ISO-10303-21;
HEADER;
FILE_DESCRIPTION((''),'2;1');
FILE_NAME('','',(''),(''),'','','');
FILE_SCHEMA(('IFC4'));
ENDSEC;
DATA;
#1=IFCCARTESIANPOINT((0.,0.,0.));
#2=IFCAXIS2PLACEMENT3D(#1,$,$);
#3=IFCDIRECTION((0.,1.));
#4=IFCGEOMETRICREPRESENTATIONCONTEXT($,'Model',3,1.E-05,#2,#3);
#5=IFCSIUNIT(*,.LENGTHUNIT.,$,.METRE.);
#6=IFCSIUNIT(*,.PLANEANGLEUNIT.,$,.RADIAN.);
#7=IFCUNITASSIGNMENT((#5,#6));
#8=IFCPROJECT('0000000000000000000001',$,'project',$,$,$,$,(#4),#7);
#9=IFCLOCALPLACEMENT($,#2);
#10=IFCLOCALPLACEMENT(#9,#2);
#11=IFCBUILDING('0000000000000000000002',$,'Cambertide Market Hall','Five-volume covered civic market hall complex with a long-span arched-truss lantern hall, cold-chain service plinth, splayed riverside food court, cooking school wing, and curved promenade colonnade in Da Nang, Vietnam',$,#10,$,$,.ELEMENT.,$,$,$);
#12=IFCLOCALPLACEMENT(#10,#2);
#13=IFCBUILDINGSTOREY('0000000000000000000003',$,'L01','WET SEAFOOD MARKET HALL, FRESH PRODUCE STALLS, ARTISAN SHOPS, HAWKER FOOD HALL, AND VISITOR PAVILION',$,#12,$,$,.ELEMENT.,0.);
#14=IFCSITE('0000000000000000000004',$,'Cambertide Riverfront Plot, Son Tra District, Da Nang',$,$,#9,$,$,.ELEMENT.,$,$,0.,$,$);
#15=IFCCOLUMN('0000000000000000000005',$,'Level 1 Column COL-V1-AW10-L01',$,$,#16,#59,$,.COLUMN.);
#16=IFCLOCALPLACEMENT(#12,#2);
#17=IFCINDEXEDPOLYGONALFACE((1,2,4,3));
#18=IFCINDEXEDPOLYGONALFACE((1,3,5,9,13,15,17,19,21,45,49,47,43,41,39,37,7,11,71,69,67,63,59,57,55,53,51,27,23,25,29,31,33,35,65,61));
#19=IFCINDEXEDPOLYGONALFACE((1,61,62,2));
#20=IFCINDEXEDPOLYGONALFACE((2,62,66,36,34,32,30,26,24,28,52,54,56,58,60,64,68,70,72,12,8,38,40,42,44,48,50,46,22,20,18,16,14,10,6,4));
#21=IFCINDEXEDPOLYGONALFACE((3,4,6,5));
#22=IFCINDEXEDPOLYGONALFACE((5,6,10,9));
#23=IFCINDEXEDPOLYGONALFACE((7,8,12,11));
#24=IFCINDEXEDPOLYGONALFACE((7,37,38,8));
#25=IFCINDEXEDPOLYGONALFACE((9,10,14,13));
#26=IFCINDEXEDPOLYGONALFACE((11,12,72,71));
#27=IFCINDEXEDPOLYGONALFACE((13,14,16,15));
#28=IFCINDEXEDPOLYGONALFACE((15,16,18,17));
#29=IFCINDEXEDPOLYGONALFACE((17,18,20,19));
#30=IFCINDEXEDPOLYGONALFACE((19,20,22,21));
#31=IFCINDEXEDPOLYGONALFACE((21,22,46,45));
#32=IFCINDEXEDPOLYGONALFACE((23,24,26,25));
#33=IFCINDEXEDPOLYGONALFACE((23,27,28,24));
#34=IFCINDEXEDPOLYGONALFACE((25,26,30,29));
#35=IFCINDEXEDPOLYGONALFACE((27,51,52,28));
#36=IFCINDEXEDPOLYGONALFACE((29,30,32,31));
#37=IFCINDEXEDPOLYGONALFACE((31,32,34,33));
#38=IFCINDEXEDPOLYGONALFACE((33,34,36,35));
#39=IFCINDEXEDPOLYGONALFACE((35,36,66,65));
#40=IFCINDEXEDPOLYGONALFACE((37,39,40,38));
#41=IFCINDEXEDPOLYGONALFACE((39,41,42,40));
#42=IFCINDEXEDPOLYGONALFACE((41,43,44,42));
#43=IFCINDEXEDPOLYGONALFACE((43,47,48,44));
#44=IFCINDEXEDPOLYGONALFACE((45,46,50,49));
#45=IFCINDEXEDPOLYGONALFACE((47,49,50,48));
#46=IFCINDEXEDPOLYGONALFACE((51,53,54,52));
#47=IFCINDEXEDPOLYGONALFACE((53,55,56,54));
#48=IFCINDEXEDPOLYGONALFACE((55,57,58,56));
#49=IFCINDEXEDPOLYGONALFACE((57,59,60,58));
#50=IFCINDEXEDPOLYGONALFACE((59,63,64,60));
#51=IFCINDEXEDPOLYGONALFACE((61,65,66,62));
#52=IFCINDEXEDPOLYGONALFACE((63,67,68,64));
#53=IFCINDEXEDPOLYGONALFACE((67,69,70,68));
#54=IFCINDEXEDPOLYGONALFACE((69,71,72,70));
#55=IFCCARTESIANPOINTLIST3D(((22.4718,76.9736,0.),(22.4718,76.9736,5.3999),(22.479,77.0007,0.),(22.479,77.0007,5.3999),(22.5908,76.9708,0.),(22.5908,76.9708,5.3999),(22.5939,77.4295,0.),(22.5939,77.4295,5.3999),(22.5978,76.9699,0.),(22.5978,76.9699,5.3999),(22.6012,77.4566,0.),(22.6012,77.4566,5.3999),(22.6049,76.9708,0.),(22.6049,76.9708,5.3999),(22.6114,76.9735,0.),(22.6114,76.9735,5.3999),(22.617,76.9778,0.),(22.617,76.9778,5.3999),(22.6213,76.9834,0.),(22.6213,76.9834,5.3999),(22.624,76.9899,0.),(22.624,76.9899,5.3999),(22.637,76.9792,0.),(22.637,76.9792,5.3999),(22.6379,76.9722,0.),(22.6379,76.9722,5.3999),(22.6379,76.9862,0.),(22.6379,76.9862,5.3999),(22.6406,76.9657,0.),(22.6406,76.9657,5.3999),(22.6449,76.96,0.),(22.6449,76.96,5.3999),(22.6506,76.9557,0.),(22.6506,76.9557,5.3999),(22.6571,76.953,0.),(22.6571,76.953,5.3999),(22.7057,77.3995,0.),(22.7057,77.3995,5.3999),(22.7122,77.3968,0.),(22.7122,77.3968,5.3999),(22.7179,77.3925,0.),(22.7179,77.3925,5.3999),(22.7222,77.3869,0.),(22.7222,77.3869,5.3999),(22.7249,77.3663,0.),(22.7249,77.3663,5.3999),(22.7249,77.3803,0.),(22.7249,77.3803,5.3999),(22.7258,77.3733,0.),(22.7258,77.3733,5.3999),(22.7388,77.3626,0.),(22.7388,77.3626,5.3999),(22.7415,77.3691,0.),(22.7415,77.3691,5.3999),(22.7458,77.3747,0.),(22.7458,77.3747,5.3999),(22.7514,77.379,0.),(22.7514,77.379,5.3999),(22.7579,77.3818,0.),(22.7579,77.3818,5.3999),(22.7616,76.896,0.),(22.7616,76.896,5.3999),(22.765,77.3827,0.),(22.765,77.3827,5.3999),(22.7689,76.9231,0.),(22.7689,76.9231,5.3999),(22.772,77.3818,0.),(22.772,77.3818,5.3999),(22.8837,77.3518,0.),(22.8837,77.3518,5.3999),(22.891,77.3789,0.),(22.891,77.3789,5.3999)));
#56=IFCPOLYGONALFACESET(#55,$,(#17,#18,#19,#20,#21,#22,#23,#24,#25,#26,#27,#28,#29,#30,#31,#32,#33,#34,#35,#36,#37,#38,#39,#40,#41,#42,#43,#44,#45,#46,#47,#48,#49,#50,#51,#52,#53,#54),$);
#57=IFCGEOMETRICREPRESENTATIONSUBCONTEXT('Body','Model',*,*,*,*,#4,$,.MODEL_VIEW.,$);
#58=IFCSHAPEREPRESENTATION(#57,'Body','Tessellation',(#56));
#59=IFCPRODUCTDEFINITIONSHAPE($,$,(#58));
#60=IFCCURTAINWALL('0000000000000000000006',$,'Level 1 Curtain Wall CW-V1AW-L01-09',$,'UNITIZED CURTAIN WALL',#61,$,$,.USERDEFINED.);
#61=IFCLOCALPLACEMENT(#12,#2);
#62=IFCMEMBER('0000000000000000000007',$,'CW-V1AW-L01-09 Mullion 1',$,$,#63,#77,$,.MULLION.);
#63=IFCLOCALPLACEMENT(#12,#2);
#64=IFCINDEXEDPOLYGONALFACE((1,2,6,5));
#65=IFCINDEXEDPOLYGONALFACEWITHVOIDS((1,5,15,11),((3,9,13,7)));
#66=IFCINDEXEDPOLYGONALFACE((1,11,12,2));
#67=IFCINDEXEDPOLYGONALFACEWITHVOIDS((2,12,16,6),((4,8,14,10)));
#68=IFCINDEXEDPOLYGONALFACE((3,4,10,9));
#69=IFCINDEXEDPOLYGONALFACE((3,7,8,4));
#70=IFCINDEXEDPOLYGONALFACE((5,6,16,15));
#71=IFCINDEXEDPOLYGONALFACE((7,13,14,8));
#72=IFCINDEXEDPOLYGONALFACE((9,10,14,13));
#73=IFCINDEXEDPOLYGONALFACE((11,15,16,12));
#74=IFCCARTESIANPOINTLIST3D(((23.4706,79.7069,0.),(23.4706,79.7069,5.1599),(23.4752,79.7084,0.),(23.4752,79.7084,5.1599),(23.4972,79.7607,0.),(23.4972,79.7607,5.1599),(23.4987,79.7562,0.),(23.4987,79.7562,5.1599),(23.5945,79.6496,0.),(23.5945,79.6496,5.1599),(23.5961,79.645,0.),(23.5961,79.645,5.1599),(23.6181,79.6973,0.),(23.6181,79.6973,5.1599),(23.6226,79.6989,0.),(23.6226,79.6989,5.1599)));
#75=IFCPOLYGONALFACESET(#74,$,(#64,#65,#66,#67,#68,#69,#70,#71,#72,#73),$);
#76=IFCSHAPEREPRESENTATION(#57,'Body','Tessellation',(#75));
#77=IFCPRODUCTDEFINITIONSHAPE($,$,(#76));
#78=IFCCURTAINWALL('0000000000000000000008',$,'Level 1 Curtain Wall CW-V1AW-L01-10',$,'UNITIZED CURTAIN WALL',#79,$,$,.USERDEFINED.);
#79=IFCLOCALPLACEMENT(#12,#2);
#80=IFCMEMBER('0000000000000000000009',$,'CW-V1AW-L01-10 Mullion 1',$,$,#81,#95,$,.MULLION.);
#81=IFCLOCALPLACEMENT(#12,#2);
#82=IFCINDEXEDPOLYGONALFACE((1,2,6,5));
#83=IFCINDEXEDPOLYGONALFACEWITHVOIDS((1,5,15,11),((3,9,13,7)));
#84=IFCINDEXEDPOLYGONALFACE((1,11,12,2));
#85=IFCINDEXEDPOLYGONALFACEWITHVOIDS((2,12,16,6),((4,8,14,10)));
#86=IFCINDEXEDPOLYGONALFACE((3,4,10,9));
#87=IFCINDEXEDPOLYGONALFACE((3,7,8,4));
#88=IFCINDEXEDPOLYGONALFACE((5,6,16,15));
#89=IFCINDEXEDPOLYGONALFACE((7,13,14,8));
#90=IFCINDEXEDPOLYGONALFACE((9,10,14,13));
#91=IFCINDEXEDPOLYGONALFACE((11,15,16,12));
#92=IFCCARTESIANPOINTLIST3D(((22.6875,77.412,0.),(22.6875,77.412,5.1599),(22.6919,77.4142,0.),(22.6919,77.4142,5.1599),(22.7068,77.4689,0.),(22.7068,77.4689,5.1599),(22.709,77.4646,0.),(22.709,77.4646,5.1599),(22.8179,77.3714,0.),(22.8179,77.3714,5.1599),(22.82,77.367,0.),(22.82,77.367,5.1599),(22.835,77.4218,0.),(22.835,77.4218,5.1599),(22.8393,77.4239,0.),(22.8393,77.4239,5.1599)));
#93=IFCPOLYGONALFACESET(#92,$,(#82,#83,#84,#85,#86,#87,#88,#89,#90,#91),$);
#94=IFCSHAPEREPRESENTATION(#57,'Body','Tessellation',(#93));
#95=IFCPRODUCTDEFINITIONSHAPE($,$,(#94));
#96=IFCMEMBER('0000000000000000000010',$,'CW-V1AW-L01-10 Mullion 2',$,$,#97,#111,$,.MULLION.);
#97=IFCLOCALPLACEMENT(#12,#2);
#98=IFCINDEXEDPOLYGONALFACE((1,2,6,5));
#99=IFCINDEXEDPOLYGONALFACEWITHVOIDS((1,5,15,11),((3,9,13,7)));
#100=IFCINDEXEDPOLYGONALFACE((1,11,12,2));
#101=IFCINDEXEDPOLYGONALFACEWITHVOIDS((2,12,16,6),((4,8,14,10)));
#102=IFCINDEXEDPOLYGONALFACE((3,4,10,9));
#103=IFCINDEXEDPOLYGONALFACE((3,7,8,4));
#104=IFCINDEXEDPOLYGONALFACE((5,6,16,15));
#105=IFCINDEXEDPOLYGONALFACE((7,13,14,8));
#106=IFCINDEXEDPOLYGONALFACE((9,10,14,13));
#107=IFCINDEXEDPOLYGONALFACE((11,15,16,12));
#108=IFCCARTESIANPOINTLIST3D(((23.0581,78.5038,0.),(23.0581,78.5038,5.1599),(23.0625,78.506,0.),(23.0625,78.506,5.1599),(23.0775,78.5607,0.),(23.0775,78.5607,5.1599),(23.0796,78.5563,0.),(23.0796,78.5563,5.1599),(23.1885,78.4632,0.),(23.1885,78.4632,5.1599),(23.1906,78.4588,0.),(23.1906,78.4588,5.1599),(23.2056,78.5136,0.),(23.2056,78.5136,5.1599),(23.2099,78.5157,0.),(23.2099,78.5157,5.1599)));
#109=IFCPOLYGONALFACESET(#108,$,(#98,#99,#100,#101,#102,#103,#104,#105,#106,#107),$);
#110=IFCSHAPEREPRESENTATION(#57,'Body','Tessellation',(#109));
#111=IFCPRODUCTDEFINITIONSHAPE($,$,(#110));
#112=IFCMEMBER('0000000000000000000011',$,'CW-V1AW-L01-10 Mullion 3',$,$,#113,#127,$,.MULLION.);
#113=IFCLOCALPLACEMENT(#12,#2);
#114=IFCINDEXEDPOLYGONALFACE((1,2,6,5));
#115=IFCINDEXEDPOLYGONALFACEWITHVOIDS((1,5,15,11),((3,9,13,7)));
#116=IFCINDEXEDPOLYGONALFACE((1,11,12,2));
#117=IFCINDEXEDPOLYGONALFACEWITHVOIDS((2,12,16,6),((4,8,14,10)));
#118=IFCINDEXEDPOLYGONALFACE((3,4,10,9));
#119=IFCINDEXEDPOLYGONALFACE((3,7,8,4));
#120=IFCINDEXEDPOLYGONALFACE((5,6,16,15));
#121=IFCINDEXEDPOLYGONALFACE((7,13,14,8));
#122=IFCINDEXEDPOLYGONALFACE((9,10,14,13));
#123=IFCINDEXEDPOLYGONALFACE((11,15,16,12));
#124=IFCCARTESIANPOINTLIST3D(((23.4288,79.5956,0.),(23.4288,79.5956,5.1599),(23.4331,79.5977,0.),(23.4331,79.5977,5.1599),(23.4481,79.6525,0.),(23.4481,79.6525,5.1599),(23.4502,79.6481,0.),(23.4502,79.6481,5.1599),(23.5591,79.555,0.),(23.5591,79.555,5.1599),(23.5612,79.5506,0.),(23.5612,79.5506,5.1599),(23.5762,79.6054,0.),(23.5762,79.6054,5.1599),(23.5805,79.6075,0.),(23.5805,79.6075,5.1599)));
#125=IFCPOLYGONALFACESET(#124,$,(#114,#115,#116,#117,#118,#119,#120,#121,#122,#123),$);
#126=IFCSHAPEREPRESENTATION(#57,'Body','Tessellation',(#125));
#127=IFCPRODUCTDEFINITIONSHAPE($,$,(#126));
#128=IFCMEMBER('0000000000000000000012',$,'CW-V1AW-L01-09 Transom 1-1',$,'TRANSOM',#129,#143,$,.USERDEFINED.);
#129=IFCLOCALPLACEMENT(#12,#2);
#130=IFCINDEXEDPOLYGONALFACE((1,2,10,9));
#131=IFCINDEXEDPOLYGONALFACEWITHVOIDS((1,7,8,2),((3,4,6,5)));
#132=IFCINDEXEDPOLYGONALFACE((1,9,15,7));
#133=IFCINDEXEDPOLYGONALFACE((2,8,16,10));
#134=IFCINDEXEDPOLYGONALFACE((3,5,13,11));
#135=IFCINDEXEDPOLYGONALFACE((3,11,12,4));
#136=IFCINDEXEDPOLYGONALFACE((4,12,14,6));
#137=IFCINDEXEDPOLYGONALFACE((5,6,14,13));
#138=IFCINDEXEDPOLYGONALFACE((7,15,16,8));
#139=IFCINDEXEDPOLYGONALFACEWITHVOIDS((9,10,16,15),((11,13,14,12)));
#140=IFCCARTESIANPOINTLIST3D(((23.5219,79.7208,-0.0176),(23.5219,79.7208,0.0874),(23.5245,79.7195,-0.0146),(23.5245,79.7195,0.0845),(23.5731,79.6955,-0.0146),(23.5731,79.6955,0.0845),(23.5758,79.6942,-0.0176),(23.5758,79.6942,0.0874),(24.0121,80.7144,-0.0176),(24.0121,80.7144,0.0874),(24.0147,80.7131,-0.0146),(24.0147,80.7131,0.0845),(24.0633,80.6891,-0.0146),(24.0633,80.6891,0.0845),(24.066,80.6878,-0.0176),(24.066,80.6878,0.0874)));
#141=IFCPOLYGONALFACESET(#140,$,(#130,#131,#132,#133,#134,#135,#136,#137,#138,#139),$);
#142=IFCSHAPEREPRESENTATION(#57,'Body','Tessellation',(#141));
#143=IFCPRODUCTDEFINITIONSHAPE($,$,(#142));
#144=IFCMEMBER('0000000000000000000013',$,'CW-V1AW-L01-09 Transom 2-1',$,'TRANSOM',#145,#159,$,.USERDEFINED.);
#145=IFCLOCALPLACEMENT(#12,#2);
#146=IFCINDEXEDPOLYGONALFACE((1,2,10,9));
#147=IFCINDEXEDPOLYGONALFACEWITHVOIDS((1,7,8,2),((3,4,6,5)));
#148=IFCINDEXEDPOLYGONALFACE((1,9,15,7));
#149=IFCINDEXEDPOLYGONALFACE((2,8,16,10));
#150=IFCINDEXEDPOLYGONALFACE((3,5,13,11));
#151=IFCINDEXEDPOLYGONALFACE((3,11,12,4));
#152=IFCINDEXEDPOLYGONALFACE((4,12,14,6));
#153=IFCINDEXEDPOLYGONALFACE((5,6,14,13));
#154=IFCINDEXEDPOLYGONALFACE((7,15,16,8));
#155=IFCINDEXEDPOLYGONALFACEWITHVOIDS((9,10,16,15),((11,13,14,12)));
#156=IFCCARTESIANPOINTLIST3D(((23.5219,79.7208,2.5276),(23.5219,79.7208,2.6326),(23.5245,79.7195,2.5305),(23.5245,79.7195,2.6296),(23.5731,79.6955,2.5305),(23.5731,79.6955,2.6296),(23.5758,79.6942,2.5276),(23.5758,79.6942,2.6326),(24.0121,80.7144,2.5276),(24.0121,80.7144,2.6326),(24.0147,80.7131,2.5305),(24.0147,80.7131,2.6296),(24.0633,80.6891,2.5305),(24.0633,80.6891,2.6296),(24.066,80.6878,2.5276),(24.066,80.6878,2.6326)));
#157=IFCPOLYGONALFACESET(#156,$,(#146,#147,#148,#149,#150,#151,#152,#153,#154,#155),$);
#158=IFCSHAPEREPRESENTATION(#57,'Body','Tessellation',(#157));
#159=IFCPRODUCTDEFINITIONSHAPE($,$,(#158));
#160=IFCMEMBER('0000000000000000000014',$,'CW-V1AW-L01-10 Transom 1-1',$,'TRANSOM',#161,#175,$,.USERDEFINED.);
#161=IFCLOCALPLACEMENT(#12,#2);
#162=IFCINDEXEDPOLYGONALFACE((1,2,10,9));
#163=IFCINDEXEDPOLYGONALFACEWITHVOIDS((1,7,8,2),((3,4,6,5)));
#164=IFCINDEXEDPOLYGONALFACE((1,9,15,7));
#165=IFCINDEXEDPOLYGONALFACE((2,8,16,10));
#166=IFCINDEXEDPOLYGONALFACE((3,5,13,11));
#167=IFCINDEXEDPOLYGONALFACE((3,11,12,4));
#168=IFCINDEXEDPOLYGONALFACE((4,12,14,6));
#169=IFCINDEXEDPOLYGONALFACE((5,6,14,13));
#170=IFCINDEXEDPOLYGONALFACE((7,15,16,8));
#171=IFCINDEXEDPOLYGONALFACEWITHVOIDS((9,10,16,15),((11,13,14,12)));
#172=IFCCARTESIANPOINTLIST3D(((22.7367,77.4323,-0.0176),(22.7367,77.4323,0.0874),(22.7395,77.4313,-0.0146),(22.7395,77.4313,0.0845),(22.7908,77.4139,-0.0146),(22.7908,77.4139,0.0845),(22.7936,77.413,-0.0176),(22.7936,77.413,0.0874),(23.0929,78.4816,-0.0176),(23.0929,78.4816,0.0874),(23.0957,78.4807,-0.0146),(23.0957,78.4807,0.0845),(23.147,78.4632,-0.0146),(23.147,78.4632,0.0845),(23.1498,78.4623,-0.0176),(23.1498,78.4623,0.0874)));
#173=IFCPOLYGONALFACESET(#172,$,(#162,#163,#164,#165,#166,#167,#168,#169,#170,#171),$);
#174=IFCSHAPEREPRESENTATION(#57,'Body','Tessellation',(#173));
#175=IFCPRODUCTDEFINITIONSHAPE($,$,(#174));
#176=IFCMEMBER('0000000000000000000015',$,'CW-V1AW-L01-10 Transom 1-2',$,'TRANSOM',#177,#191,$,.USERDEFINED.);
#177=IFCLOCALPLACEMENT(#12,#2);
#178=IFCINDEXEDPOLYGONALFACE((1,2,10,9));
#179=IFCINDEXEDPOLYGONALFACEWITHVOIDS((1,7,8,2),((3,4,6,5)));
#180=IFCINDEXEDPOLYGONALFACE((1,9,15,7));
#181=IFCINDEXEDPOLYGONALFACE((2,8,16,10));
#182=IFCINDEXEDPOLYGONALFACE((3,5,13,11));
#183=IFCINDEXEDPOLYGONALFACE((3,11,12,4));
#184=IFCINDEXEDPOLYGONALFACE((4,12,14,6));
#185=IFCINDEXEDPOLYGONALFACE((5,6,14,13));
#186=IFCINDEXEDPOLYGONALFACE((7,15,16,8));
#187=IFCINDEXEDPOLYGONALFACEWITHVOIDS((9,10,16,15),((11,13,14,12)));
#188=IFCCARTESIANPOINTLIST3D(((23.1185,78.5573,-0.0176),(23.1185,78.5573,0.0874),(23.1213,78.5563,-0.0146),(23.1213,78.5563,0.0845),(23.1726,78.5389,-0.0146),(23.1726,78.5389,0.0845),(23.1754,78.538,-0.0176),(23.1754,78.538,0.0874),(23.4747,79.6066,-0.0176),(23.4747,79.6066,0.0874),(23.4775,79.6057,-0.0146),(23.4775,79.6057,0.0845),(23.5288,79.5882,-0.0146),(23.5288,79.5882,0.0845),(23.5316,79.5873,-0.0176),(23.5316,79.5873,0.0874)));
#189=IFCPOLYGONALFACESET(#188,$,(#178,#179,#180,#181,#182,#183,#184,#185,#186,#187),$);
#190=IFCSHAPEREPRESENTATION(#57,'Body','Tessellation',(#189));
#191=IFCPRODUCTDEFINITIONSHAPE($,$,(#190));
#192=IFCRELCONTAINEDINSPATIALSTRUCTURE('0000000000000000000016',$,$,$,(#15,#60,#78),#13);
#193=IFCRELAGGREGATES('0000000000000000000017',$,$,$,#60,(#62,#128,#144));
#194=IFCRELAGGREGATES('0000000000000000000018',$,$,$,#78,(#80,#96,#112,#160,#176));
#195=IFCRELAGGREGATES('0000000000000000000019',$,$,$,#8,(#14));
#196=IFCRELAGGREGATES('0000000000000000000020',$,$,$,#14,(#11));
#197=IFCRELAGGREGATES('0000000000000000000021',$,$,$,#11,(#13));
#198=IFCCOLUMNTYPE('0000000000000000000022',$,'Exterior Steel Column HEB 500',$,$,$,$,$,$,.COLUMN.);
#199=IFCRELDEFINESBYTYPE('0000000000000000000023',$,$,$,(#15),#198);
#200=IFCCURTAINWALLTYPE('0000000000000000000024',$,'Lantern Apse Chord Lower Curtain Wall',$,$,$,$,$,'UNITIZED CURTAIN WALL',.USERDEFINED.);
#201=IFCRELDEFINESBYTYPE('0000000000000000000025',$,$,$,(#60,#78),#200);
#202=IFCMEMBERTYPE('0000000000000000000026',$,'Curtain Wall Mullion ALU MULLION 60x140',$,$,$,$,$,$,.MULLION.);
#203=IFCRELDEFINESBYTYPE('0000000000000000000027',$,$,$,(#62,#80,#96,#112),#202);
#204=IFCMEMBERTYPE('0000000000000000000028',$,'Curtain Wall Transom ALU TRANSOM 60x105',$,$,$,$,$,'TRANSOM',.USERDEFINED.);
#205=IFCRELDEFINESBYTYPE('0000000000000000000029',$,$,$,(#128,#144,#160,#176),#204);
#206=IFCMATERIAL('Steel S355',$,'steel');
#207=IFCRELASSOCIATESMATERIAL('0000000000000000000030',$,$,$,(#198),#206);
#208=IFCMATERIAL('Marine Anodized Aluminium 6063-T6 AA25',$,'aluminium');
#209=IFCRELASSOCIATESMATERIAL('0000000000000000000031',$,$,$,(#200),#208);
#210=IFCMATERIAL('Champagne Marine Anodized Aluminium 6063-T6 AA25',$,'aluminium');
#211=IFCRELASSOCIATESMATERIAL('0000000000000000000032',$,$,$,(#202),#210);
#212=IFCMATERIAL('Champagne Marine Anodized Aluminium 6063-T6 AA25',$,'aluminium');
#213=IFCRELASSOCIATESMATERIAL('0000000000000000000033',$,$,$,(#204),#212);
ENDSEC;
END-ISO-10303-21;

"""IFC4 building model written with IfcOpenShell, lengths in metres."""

from ifc_helpers import new_model, si_unit, direction, frame, origin, origin_2d, place, context, subcontext, project, spatial, hollow_rectangle, i_section, extrude, material, material_profile, profile_set, type_object, element, aggregate, save


model = new_model("IFC4")

# Units and contexts
model_context = context("Model", 3, precision=1e-05, world=origin(), true_north=direction((0.0, 1.0)))
body_context = subcontext(model_context, "Body", "Model", "MODEL_VIEW")
ifc_project = project(units=[si_unit("LENGTHUNIT", "METRE"), si_unit("PLANEANGLEUNIT", "RADIAN")], contexts=[model_context])

# Site, building, storey
site_placement = place(None, origin())
site = spatial("IfcSite", under=ifc_project, at=site_placement, Name="Cambertide Riverfront Plot, Son Tra District, Da Nang", CompositionType="ELEMENT", RefElevation=0.0)
building_placement = place(site_placement, origin())
building = spatial("IfcBuilding", under=site, at=building_placement, Name="Cambertide Market Hall", Description="Five-volume covered civic market hall complex with a long-span arched-truss lantern hall, cold-chain service plinth, splayed riverside food court, cooking school wing, and curved promenade colonnade in Da Nang, Vietnam", CompositionType="ELEMENT")
storey_placement = place(building_placement, origin())
storey = spatial("IfcBuildingStorey", under=building, at=storey_placement, Name="L01", Description="WET SEAFOOD MARKET HALL, FRESH PRODUCE STALLS, ARTISAN SHOPS, HAWKER FOOD HALL, AND VISITOR PAVILION", CompositionType="ELEMENT", Elevation=0.0)

# Column
ifc_material_1 = material(Name="Steel S355", Category="steel")
ifc_material_profile_1 = material_profile(ifc_material_1, i_section(OverallWidth=0.3, OverallDepth=0.5, WebThickness=0.0144, FlangeThickness=0.0281, FilletRadius=0.0271, at=origin_2d()), Name="HEB 500")
ifc_profile_set_1 = profile_set([ifc_material_profile_1], Name="Steel S355")
column_type = type_object("IfcColumnType", Name="Exterior Steel Column HEB 500", PredefinedType="COLUMN", material=ifc_profile_set_1)
column_placement = place(storey_placement, frame((22.6814, 77.1763, 0.0), z_axis=(0.0, 0.0, 1.0), x_axis=(-0.965926, 0.258819, 0.0)))
element("IfcColumn", 1, at=column_placement, inside=storey, type_object=column_type, Name="Level 1 Column COL-V1-AW10-L01", PredefinedType="COLUMN", context=body_context, shape_type="SweptSolid", body=[
    extrude(i_section(OverallWidth=0.3, OverallDepth=0.5, WebThickness=0.0144, FlangeThickness=0.0281, FilletRadius=0.0271, at=origin_2d()), origin(), (0.0, 0.0, 1.0), 5.3999),
])

# Curtain wall, member
ifc_material_2 = material(Name="Marine Anodized Aluminium 6063-T6 AA25", Category="aluminium")
curtain_wall_type = type_object("IfcCurtainWallType", Name="Lantern Apse Chord Lower Curtain Wall", ElementType="UNITIZED CURTAIN WALL", PredefinedType="USERDEFINED", material=ifc_material_2)
curtain_wall_1_placement = place(storey_placement, origin())
curtain_wall_1 = element("IfcCurtainWall", 2, at=curtain_wall_1_placement, inside=storey, type_object=curtain_wall_type, Name="Level 1 Curtain Wall CW-V1AW-L01-09", ObjectType="UNITIZED CURTAIN WALL", PredefinedType="USERDEFINED")
ifc_material_3 = material(Name="Champagne Marine Anodized Aluminium 6063-T6 AA25", Category="aluminium")
ifc_material_profile_2 = material_profile(ifc_material_3, hollow_rectangle(XDim=0.0601, YDim=0.1399, WallThickness=0.0034, at=origin_2d()), Name="ALU MULLION 60x140")
ifc_profile_set_2 = profile_set([ifc_material_profile_2], Name="Champagne Marine Anodized Aluminium 6063-T6 AA25")
member_type_1 = type_object("IfcMemberType", Name="Curtain Wall Mullion ALU MULLION 60x140", PredefinedType="MULLION", material=ifc_profile_set_2)
member_1_placement = place(storey_placement, frame((23.5466, 79.7029, 0.0), z_axis=(0.0, 0.0, 1.0), x_axis=(0.442289, 0.896873, 0.0)))
member_1 = element("IfcMember", 3, at=member_1_placement, type_object=member_type_1, Name="CW-V1AW-L01-09 Mullion 1", PredefinedType="MULLION", context=body_context, shape_type="SweptSolid", body=[
    extrude(hollow_rectangle(XDim=0.0601, YDim=0.1399, WallThickness=0.0034, at=origin_2d()), origin(), (0.0, 0.0, 1.0), 5.1599),
])

# Curtain wall, members
curtain_wall_2_placement = place(storey_placement, origin())
curtain_wall_2 = element("IfcCurtainWall", 4, at=curtain_wall_2_placement, inside=storey, type_object=curtain_wall_type, Name="Level 1 Curtain Wall CW-V1AW-L01-10", ObjectType="UNITIZED CURTAIN WALL", PredefinedType="USERDEFINED")
member_2_placement = place(storey_placement, frame((22.7634, 77.418, 0.0), z_axis=(0.0, 0.0, 1.0), x_axis=(0.321439, 0.94693, 0.0)))
member_2 = element("IfcMember", 5, at=member_2_placement, type_object=member_type_1, Name="CW-V1AW-L01-10 Mullion 1", PredefinedType="MULLION", context=body_context, shape_type="SweptSolid", body=[
    extrude(hollow_rectangle(XDim=0.0601, YDim=0.1399, WallThickness=0.0034, at=origin_2d()), origin(), (0.0, 0.0, 1.0), 5.1599),
])
member_3_placement = place(storey_placement, frame((23.134, 78.5098, 0.0), z_axis=(0.0, 0.0, 1.0), x_axis=(0.321439, 0.94693, 0.0)))
member_3 = element("IfcMember", 6, at=member_3_placement, type_object=member_type_1, Name="CW-V1AW-L01-10 Mullion 2", PredefinedType="MULLION", context=body_context, shape_type="SweptSolid", body=[
    extrude(hollow_rectangle(XDim=0.0601, YDim=0.1399, WallThickness=0.0034, at=origin_2d()), origin(), (0.0, 0.0, 1.0), 5.1599),
])
member_4_placement = place(storey_placement, frame((23.5046, 79.6016, 0.0), z_axis=(0.0, 0.0, 1.0), x_axis=(0.321439, 0.94693, 0.0)))
member_4 = element("IfcMember", 7, at=member_4_placement, type_object=member_type_1, Name="CW-V1AW-L01-10 Mullion 3", PredefinedType="MULLION", context=body_context, shape_type="SweptSolid", body=[
    extrude(hollow_rectangle(XDim=0.0601, YDim=0.1399, WallThickness=0.0034, at=origin_2d()), origin(), (0.0, 0.0, 1.0), 5.1599),
])

# Members
ifc_material_4 = material(Name="Champagne Marine Anodized Aluminium 6063-T6 AA25", Category="aluminium")
ifc_material_profile_3 = material_profile(ifc_material_4, hollow_rectangle(XDim=0.0601, YDim=0.105, WallThickness=0.0029, at=origin_2d()), Name="ALU TRANSOM 60x105")
ifc_profile_set_3 = profile_set([ifc_material_profile_3], Name="Champagne Marine Anodized Aluminium 6063-T6 AA25")
member_type_2 = type_object("IfcMemberType", Name="Curtain Wall Transom ALU TRANSOM 60x105", ElementType="TRANSOM", PredefinedType="USERDEFINED", material=ifc_profile_set_3)
member_5_placement = place(storey_placement, frame((23.5488, 79.7075, 0.0349), z_axis=(0.442448, 0.896794, 0.0), x_axis=(-0.896794, 0.442448, 0.0)))
member_5 = element("IfcMember", 8, at=member_5_placement, type_object=member_type_2, Name="CW-V1AW-L01-09 Transom 1-1", ObjectType="TRANSOM", PredefinedType="USERDEFINED", context=body_context, shape_type="SweptSolid", body=[
    extrude(hollow_rectangle(XDim=0.0601, YDim=0.105, WallThickness=0.0029, at=origin_2d()), origin(), (0.0, 0.0, 1.0), 1.1079),
])
member_6_placement = place(storey_placement, frame((23.5488, 79.7075, 2.5801), z_axis=(0.442448, 0.896794, 0.0), x_axis=(-0.896794, 0.442448, 0.0)))
member_6 = element("IfcMember", 9, at=member_6_placement, type_object=member_type_2, Name="CW-V1AW-L01-09 Transom 2-1", ObjectType="TRANSOM", PredefinedType="USERDEFINED", context=body_context, shape_type="SweptSolid", body=[
    extrude(hollow_rectangle(XDim=0.0601, YDim=0.105, WallThickness=0.0029, at=origin_2d()), origin(), (0.0, 0.0, 1.0), 1.1079),
])
aggregate(curtain_wall_1, [member_1, member_5, member_6])
member_7_placement = place(storey_placement, frame((22.7651, 77.4226, 0.0349), z_axis=(0.321445, 0.946928, 0.0), x_axis=(-0.946928, 0.321445, 0.0)))
member_7 = element("IfcMember", 10, at=member_7_placement, type_object=member_type_2, Name="CW-V1AW-L01-10 Transom 1-1", ObjectType="TRANSOM", PredefinedType="USERDEFINED", context=body_context, shape_type="SweptSolid", body=[
    extrude(hollow_rectangle(XDim=0.0601, YDim=0.105, WallThickness=0.0029, at=origin_2d()), origin(), (0.0, 0.0, 1.0), 1.1082),
])
member_8_placement = place(storey_placement, frame((23.147, 78.5476, 0.0349), z_axis=(0.321445, 0.946928, 0.0), x_axis=(-0.946928, 0.321445, 0.0)))
member_8 = element("IfcMember", 11, at=member_8_placement, type_object=member_type_2, Name="CW-V1AW-L01-10 Transom 1-2", ObjectType="TRANSOM", PredefinedType="USERDEFINED", context=body_context, shape_type="SweptSolid", body=[
    extrude(hollow_rectangle(XDim=0.0601, YDim=0.105, WallThickness=0.0029, at=origin_2d()), origin(), (0.0, 0.0, 1.0), 1.1082),
])

aggregate(curtain_wall_2, [member_2, member_3, member_4, member_7, member_8])

save(model, "model.ifc")
